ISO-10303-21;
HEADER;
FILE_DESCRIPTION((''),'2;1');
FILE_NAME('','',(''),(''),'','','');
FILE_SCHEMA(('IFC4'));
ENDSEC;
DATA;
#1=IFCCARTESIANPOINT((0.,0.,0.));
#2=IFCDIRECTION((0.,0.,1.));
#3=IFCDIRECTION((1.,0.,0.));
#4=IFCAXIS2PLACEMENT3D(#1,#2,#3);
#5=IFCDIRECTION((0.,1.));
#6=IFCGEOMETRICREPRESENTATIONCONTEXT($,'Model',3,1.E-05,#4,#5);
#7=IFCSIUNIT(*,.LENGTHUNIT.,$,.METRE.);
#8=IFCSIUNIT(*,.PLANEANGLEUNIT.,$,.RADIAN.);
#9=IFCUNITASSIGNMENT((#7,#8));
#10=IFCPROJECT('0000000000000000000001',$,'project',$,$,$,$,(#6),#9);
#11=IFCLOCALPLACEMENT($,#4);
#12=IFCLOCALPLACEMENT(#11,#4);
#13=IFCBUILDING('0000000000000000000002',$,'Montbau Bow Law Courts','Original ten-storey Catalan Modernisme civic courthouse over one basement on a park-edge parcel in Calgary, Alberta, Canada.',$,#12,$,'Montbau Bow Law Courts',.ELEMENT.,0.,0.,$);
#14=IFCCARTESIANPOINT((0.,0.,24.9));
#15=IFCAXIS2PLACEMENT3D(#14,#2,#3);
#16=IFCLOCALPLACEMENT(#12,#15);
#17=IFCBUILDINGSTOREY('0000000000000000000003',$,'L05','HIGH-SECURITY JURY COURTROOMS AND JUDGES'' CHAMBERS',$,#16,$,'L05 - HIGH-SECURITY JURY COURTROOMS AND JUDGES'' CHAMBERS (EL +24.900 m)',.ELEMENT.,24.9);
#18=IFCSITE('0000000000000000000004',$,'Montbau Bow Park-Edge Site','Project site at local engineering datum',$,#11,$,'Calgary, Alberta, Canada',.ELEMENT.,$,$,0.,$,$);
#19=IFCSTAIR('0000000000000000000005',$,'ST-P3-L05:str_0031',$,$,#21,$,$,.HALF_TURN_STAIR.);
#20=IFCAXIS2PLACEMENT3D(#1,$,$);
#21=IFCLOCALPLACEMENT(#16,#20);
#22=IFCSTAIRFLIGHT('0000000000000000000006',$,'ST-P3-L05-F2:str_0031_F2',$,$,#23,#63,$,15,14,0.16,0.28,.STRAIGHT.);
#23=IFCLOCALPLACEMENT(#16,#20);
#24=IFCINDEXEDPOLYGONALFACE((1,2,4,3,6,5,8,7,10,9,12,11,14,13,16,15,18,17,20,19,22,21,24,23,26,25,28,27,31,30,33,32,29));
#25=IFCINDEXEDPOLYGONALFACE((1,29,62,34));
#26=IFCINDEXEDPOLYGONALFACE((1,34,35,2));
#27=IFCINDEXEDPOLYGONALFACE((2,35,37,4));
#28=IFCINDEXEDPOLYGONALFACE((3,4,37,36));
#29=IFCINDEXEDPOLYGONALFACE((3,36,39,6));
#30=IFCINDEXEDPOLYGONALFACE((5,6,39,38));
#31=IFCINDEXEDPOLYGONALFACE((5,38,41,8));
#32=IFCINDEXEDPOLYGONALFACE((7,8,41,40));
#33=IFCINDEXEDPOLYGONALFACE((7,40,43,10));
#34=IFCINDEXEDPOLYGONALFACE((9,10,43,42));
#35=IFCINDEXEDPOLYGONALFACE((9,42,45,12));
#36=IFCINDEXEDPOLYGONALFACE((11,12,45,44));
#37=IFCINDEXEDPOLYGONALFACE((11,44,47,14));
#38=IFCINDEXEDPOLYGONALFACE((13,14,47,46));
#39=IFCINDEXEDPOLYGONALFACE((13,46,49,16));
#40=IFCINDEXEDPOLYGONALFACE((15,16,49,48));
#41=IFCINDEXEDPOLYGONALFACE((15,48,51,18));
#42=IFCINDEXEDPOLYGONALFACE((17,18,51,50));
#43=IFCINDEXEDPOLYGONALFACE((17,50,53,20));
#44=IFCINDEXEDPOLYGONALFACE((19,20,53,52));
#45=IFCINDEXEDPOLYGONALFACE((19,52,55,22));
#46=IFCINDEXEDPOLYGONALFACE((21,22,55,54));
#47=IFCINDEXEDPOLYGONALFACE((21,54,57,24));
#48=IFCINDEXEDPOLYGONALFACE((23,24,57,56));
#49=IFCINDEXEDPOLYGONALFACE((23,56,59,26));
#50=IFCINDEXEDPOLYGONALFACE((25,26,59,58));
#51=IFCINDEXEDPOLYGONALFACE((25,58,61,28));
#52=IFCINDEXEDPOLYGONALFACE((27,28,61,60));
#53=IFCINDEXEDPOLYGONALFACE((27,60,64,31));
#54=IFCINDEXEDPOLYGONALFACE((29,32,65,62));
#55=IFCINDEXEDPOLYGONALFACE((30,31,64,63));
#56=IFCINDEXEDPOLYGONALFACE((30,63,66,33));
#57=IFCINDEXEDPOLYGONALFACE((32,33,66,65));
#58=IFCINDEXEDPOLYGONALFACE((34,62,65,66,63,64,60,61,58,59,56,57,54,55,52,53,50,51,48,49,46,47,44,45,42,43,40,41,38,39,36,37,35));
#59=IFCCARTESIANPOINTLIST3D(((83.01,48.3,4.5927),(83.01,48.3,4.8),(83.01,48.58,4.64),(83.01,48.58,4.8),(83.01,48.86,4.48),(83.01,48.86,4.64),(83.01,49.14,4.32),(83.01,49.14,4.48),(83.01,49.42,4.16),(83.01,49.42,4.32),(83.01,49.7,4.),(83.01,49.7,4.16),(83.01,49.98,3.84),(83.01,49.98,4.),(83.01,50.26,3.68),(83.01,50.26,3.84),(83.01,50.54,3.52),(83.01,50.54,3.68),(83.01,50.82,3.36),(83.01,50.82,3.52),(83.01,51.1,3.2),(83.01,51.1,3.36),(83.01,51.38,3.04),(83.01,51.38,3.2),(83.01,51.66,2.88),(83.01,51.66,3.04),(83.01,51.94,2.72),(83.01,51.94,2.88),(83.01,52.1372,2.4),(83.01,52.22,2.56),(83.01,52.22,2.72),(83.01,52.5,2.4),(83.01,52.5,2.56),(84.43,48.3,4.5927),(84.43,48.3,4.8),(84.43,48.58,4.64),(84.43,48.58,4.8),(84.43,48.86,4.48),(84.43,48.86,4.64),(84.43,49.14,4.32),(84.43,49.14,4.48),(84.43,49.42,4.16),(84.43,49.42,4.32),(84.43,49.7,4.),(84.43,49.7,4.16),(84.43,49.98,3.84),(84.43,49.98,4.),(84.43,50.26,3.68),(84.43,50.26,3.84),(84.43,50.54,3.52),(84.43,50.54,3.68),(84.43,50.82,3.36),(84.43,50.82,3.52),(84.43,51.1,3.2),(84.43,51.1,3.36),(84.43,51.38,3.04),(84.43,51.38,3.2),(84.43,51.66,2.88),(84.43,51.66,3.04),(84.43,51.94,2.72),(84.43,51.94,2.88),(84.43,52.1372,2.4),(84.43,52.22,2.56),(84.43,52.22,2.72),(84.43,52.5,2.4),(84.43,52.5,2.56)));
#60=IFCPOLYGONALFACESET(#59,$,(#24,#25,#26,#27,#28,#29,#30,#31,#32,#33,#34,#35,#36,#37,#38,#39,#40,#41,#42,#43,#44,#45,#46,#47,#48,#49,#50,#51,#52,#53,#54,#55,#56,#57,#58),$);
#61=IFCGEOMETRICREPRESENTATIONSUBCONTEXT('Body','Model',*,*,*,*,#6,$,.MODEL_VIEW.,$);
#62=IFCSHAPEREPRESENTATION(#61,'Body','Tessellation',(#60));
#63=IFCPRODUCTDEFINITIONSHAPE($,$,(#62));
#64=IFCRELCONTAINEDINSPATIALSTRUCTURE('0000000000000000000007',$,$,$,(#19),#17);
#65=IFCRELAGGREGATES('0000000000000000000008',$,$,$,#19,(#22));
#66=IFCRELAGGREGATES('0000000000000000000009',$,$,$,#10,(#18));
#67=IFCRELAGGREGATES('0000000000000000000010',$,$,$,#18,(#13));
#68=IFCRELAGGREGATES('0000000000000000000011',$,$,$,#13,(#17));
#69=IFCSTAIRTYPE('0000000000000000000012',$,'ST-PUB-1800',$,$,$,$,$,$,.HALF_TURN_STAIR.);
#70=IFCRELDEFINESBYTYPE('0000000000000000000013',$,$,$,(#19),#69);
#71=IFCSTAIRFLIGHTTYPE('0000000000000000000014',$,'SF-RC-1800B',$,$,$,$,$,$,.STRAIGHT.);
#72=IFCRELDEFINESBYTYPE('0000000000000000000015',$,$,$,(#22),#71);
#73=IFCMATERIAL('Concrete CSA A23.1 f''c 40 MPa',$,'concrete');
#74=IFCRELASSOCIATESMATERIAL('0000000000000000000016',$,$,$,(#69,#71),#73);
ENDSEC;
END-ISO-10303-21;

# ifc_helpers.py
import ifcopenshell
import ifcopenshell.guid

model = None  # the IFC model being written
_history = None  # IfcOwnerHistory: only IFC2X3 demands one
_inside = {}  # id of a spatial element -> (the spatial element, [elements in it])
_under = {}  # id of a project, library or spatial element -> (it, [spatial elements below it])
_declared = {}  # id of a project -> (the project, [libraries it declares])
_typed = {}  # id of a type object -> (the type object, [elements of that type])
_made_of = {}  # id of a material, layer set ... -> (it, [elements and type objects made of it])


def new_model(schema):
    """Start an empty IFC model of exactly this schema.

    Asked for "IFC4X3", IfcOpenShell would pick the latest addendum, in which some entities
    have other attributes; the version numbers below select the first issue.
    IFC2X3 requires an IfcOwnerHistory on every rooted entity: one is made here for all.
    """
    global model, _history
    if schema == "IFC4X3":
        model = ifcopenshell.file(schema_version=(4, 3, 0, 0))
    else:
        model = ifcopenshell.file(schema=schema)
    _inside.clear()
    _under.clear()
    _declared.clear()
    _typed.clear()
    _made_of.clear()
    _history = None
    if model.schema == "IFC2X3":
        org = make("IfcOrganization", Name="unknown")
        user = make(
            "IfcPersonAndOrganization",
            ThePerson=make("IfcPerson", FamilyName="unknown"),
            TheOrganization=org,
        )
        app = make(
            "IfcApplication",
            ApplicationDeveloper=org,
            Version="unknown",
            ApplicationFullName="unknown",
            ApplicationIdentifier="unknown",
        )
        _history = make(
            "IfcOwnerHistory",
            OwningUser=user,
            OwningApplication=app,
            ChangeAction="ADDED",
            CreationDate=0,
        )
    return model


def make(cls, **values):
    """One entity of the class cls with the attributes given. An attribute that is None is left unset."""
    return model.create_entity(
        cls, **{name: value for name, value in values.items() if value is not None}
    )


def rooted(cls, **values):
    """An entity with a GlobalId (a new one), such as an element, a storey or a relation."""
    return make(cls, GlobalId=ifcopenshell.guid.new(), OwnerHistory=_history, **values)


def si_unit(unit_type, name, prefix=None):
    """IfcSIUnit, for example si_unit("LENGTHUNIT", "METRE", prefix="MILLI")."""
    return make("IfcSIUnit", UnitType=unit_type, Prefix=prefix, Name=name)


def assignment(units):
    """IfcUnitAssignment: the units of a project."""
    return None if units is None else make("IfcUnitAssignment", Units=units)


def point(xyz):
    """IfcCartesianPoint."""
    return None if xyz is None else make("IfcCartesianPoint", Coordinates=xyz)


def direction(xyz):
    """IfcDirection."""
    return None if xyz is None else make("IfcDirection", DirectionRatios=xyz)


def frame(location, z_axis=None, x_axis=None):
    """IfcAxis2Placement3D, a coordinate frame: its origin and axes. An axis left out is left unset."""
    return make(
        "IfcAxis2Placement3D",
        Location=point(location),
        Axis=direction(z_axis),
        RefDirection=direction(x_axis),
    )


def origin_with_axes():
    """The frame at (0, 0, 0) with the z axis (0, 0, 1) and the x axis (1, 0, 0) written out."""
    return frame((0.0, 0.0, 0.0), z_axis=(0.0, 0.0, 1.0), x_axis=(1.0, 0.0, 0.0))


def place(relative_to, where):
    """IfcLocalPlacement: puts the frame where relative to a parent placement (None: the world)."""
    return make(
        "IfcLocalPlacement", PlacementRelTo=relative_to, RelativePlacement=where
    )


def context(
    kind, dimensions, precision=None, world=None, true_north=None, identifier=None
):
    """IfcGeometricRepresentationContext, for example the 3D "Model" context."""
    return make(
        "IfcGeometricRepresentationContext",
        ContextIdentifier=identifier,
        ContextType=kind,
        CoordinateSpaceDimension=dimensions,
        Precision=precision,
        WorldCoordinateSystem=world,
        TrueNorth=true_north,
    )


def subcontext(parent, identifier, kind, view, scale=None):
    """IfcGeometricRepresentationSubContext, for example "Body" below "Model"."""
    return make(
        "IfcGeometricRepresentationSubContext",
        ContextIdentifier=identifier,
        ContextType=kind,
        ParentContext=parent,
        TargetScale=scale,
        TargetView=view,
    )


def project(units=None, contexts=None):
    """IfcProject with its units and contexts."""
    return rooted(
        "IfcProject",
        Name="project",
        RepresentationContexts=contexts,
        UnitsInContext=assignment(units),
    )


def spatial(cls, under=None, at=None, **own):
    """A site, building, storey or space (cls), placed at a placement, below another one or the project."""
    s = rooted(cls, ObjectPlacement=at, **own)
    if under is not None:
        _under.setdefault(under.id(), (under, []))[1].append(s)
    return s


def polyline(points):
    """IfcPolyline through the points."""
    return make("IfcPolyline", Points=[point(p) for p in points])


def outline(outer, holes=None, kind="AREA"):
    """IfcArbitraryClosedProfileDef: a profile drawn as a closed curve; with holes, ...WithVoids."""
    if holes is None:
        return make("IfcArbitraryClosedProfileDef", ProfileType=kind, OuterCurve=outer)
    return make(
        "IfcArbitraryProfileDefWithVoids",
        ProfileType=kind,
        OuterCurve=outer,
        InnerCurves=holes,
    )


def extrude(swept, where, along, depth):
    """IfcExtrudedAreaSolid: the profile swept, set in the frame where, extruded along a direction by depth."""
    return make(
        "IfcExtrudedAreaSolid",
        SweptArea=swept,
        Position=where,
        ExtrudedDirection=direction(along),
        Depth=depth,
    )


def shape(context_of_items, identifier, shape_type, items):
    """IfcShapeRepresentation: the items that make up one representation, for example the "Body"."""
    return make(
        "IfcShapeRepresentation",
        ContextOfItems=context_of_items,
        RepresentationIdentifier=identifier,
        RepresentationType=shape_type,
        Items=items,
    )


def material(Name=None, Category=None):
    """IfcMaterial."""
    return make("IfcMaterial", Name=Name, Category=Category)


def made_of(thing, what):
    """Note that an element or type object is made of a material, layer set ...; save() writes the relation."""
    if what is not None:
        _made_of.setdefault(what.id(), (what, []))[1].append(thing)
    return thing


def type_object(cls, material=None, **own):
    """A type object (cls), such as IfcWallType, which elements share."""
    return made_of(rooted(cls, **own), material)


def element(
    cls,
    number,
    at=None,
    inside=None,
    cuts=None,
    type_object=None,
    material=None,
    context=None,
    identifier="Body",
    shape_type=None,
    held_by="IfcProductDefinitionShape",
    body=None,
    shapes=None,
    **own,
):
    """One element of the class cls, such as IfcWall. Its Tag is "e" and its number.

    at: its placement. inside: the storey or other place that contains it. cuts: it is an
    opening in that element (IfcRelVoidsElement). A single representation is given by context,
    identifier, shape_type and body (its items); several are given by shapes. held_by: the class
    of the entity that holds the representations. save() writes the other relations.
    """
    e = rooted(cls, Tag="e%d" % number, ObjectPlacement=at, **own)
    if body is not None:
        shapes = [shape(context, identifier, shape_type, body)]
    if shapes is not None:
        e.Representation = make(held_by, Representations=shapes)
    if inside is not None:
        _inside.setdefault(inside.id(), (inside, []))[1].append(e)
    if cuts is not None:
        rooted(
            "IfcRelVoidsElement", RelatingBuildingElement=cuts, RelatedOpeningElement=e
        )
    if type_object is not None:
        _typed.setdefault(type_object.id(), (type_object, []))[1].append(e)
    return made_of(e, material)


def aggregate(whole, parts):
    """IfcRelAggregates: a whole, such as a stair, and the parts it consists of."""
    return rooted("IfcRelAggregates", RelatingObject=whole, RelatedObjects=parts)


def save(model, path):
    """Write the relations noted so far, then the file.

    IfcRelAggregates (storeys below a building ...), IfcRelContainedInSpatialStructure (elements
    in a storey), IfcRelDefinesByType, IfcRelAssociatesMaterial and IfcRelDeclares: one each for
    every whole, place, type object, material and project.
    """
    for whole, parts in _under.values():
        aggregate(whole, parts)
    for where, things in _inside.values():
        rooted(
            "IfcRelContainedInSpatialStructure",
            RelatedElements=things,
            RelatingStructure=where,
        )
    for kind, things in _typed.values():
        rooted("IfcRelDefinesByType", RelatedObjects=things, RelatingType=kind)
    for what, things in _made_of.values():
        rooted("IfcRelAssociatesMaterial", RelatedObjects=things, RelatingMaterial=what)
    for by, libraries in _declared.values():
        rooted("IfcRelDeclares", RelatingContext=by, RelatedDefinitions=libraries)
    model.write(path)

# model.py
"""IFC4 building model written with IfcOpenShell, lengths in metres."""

from ifc_helpers import new_model, si_unit, direction, frame, origin_with_axes, place, context, subcontext, project, spatial, polyline, outline, extrude, material, type_object, element, aggregate, save


model = new_model("IFC4")

# Units and contexts
model_context = context("Model", 3, precision=1e-05, world=origin_with_axes(), true_north=direction((0.0, 1.0)))
body_context = subcontext(model_context, "Body", "Model", "MODEL_VIEW")
ifc_project = project(units=[si_unit("LENGTHUNIT", "METRE"), si_unit("PLANEANGLEUNIT", "RADIAN")], contexts=[model_context])

# Site, building, storey
site_placement = place(None, origin_with_axes())
site = spatial("IfcSite", under=ifc_project, at=site_placement, Name="Montbau Bow Park-Edge Site", Description="Project site at local engineering datum", LongName="Calgary, Alberta, Canada", CompositionType="ELEMENT", RefElevation=0.0)
building_placement = place(site_placement, origin_with_axes())
building = spatial("IfcBuilding", under=site, at=building_placement, Name="Montbau Bow Law Courts", Description="Original ten-storey Catalan Modernisme civic courthouse over one basement on a park-edge parcel in Calgary, Alberta, Canada.", LongName="Montbau Bow Law Courts", CompositionType="ELEMENT", ElevationOfRefHeight=0.0, ElevationOfTerrain=0.0)
storey_placement = place(building_placement, frame((0.0, 0.0, 24.9), z_axis=(0.0, 0.0, 1.0), x_axis=(1.0, 0.0, 0.0)))
storey = spatial("IfcBuildingStorey", under=building, at=storey_placement, Name="L05", Description="HIGH-SECURITY JURY COURTROOMS AND JUDGES' CHAMBERS", LongName="L05 - HIGH-SECURITY JURY COURTROOMS AND JUDGES' CHAMBERS (EL +24.900 m)", CompositionType="ELEMENT", Elevation=24.9)

# Stair, stair flight
ifc_material_1 = material(Name="Concrete CSA A23.1 f'c 40 MPa", Category="concrete")
stair_type = type_object("IfcStairType", Name="ST-PUB-1800", PredefinedType="HALF_TURN_STAIR", material=ifc_material_1)
stair_placement = place(None, frame((81.93, 48.3, 24.9), z_axis=(0.0, 0.0, 1.0), x_axis=(1.0, 0.0, 0.0)))
stair = element("IfcStair", 1, at=stair_placement, inside=storey, type_object=stair_type, Name="ST-P3-L05:str_0031", PredefinedType="HALF_TURN_STAIR")
stair_flight_type = type_object("IfcStairFlightType", Name="SF-RC-1800B", PredefinedType="STRAIGHT", material=ifc_material_1)
stair_flight_placement = place(None, frame((83.72, 52.5, 27.3), z_axis=(0.0, 0.0, 1.0), x_axis=(0.0, -1.0, 0.0)))
stair_flight = element("IfcStairFlight", 2, at=stair_flight_placement, type_object=stair_flight_type, Name="ST-P3-L05-F2:str_0031_F2", NumberOfRisers=15, NumberOfTreads=14, PredefinedType="STRAIGHT", RiserHeight=0.16, TreadLength=0.28, context=body_context, shape_type="SweptSolid", body=[
    extrude(outline(polyline([(0.0, 0.0), (0.0, 0.16), (0.28, 0.16), (0.28, 0.32), (0.56, 0.32), (0.56, 0.48), (0.84, 0.48), (0.84, 0.64), (1.12, 0.64), (1.12, 0.8), (1.4, 0.8), (1.4, 0.96), (1.68, 0.96), (1.68, 1.12), (1.96, 1.12), (1.96, 1.28), (2.24, 1.28), (2.24, 1.44), (2.52, 1.44), (2.52, 1.6), (2.8, 1.6), (2.8, 1.76), (3.08, 1.76), (3.08, 1.92), (3.36, 1.92), (3.36, 2.08), (3.64, 2.08), (3.64, 2.24), (3.92, 2.24), (3.92, 2.4), (4.2, 2.4), (4.2, 2.1927), (0.3628, 0.0), (0.0, 0.0)])), frame((0.0, 0.71, 0.0), z_axis=(0.0, -1.0, 0.0), x_axis=(1.0, 0.0, 0.0)), (0.0, 0.0, 1.0), 1.42),
])
aggregate(stair, [stair_flight])

save(model, "model.ifc")
